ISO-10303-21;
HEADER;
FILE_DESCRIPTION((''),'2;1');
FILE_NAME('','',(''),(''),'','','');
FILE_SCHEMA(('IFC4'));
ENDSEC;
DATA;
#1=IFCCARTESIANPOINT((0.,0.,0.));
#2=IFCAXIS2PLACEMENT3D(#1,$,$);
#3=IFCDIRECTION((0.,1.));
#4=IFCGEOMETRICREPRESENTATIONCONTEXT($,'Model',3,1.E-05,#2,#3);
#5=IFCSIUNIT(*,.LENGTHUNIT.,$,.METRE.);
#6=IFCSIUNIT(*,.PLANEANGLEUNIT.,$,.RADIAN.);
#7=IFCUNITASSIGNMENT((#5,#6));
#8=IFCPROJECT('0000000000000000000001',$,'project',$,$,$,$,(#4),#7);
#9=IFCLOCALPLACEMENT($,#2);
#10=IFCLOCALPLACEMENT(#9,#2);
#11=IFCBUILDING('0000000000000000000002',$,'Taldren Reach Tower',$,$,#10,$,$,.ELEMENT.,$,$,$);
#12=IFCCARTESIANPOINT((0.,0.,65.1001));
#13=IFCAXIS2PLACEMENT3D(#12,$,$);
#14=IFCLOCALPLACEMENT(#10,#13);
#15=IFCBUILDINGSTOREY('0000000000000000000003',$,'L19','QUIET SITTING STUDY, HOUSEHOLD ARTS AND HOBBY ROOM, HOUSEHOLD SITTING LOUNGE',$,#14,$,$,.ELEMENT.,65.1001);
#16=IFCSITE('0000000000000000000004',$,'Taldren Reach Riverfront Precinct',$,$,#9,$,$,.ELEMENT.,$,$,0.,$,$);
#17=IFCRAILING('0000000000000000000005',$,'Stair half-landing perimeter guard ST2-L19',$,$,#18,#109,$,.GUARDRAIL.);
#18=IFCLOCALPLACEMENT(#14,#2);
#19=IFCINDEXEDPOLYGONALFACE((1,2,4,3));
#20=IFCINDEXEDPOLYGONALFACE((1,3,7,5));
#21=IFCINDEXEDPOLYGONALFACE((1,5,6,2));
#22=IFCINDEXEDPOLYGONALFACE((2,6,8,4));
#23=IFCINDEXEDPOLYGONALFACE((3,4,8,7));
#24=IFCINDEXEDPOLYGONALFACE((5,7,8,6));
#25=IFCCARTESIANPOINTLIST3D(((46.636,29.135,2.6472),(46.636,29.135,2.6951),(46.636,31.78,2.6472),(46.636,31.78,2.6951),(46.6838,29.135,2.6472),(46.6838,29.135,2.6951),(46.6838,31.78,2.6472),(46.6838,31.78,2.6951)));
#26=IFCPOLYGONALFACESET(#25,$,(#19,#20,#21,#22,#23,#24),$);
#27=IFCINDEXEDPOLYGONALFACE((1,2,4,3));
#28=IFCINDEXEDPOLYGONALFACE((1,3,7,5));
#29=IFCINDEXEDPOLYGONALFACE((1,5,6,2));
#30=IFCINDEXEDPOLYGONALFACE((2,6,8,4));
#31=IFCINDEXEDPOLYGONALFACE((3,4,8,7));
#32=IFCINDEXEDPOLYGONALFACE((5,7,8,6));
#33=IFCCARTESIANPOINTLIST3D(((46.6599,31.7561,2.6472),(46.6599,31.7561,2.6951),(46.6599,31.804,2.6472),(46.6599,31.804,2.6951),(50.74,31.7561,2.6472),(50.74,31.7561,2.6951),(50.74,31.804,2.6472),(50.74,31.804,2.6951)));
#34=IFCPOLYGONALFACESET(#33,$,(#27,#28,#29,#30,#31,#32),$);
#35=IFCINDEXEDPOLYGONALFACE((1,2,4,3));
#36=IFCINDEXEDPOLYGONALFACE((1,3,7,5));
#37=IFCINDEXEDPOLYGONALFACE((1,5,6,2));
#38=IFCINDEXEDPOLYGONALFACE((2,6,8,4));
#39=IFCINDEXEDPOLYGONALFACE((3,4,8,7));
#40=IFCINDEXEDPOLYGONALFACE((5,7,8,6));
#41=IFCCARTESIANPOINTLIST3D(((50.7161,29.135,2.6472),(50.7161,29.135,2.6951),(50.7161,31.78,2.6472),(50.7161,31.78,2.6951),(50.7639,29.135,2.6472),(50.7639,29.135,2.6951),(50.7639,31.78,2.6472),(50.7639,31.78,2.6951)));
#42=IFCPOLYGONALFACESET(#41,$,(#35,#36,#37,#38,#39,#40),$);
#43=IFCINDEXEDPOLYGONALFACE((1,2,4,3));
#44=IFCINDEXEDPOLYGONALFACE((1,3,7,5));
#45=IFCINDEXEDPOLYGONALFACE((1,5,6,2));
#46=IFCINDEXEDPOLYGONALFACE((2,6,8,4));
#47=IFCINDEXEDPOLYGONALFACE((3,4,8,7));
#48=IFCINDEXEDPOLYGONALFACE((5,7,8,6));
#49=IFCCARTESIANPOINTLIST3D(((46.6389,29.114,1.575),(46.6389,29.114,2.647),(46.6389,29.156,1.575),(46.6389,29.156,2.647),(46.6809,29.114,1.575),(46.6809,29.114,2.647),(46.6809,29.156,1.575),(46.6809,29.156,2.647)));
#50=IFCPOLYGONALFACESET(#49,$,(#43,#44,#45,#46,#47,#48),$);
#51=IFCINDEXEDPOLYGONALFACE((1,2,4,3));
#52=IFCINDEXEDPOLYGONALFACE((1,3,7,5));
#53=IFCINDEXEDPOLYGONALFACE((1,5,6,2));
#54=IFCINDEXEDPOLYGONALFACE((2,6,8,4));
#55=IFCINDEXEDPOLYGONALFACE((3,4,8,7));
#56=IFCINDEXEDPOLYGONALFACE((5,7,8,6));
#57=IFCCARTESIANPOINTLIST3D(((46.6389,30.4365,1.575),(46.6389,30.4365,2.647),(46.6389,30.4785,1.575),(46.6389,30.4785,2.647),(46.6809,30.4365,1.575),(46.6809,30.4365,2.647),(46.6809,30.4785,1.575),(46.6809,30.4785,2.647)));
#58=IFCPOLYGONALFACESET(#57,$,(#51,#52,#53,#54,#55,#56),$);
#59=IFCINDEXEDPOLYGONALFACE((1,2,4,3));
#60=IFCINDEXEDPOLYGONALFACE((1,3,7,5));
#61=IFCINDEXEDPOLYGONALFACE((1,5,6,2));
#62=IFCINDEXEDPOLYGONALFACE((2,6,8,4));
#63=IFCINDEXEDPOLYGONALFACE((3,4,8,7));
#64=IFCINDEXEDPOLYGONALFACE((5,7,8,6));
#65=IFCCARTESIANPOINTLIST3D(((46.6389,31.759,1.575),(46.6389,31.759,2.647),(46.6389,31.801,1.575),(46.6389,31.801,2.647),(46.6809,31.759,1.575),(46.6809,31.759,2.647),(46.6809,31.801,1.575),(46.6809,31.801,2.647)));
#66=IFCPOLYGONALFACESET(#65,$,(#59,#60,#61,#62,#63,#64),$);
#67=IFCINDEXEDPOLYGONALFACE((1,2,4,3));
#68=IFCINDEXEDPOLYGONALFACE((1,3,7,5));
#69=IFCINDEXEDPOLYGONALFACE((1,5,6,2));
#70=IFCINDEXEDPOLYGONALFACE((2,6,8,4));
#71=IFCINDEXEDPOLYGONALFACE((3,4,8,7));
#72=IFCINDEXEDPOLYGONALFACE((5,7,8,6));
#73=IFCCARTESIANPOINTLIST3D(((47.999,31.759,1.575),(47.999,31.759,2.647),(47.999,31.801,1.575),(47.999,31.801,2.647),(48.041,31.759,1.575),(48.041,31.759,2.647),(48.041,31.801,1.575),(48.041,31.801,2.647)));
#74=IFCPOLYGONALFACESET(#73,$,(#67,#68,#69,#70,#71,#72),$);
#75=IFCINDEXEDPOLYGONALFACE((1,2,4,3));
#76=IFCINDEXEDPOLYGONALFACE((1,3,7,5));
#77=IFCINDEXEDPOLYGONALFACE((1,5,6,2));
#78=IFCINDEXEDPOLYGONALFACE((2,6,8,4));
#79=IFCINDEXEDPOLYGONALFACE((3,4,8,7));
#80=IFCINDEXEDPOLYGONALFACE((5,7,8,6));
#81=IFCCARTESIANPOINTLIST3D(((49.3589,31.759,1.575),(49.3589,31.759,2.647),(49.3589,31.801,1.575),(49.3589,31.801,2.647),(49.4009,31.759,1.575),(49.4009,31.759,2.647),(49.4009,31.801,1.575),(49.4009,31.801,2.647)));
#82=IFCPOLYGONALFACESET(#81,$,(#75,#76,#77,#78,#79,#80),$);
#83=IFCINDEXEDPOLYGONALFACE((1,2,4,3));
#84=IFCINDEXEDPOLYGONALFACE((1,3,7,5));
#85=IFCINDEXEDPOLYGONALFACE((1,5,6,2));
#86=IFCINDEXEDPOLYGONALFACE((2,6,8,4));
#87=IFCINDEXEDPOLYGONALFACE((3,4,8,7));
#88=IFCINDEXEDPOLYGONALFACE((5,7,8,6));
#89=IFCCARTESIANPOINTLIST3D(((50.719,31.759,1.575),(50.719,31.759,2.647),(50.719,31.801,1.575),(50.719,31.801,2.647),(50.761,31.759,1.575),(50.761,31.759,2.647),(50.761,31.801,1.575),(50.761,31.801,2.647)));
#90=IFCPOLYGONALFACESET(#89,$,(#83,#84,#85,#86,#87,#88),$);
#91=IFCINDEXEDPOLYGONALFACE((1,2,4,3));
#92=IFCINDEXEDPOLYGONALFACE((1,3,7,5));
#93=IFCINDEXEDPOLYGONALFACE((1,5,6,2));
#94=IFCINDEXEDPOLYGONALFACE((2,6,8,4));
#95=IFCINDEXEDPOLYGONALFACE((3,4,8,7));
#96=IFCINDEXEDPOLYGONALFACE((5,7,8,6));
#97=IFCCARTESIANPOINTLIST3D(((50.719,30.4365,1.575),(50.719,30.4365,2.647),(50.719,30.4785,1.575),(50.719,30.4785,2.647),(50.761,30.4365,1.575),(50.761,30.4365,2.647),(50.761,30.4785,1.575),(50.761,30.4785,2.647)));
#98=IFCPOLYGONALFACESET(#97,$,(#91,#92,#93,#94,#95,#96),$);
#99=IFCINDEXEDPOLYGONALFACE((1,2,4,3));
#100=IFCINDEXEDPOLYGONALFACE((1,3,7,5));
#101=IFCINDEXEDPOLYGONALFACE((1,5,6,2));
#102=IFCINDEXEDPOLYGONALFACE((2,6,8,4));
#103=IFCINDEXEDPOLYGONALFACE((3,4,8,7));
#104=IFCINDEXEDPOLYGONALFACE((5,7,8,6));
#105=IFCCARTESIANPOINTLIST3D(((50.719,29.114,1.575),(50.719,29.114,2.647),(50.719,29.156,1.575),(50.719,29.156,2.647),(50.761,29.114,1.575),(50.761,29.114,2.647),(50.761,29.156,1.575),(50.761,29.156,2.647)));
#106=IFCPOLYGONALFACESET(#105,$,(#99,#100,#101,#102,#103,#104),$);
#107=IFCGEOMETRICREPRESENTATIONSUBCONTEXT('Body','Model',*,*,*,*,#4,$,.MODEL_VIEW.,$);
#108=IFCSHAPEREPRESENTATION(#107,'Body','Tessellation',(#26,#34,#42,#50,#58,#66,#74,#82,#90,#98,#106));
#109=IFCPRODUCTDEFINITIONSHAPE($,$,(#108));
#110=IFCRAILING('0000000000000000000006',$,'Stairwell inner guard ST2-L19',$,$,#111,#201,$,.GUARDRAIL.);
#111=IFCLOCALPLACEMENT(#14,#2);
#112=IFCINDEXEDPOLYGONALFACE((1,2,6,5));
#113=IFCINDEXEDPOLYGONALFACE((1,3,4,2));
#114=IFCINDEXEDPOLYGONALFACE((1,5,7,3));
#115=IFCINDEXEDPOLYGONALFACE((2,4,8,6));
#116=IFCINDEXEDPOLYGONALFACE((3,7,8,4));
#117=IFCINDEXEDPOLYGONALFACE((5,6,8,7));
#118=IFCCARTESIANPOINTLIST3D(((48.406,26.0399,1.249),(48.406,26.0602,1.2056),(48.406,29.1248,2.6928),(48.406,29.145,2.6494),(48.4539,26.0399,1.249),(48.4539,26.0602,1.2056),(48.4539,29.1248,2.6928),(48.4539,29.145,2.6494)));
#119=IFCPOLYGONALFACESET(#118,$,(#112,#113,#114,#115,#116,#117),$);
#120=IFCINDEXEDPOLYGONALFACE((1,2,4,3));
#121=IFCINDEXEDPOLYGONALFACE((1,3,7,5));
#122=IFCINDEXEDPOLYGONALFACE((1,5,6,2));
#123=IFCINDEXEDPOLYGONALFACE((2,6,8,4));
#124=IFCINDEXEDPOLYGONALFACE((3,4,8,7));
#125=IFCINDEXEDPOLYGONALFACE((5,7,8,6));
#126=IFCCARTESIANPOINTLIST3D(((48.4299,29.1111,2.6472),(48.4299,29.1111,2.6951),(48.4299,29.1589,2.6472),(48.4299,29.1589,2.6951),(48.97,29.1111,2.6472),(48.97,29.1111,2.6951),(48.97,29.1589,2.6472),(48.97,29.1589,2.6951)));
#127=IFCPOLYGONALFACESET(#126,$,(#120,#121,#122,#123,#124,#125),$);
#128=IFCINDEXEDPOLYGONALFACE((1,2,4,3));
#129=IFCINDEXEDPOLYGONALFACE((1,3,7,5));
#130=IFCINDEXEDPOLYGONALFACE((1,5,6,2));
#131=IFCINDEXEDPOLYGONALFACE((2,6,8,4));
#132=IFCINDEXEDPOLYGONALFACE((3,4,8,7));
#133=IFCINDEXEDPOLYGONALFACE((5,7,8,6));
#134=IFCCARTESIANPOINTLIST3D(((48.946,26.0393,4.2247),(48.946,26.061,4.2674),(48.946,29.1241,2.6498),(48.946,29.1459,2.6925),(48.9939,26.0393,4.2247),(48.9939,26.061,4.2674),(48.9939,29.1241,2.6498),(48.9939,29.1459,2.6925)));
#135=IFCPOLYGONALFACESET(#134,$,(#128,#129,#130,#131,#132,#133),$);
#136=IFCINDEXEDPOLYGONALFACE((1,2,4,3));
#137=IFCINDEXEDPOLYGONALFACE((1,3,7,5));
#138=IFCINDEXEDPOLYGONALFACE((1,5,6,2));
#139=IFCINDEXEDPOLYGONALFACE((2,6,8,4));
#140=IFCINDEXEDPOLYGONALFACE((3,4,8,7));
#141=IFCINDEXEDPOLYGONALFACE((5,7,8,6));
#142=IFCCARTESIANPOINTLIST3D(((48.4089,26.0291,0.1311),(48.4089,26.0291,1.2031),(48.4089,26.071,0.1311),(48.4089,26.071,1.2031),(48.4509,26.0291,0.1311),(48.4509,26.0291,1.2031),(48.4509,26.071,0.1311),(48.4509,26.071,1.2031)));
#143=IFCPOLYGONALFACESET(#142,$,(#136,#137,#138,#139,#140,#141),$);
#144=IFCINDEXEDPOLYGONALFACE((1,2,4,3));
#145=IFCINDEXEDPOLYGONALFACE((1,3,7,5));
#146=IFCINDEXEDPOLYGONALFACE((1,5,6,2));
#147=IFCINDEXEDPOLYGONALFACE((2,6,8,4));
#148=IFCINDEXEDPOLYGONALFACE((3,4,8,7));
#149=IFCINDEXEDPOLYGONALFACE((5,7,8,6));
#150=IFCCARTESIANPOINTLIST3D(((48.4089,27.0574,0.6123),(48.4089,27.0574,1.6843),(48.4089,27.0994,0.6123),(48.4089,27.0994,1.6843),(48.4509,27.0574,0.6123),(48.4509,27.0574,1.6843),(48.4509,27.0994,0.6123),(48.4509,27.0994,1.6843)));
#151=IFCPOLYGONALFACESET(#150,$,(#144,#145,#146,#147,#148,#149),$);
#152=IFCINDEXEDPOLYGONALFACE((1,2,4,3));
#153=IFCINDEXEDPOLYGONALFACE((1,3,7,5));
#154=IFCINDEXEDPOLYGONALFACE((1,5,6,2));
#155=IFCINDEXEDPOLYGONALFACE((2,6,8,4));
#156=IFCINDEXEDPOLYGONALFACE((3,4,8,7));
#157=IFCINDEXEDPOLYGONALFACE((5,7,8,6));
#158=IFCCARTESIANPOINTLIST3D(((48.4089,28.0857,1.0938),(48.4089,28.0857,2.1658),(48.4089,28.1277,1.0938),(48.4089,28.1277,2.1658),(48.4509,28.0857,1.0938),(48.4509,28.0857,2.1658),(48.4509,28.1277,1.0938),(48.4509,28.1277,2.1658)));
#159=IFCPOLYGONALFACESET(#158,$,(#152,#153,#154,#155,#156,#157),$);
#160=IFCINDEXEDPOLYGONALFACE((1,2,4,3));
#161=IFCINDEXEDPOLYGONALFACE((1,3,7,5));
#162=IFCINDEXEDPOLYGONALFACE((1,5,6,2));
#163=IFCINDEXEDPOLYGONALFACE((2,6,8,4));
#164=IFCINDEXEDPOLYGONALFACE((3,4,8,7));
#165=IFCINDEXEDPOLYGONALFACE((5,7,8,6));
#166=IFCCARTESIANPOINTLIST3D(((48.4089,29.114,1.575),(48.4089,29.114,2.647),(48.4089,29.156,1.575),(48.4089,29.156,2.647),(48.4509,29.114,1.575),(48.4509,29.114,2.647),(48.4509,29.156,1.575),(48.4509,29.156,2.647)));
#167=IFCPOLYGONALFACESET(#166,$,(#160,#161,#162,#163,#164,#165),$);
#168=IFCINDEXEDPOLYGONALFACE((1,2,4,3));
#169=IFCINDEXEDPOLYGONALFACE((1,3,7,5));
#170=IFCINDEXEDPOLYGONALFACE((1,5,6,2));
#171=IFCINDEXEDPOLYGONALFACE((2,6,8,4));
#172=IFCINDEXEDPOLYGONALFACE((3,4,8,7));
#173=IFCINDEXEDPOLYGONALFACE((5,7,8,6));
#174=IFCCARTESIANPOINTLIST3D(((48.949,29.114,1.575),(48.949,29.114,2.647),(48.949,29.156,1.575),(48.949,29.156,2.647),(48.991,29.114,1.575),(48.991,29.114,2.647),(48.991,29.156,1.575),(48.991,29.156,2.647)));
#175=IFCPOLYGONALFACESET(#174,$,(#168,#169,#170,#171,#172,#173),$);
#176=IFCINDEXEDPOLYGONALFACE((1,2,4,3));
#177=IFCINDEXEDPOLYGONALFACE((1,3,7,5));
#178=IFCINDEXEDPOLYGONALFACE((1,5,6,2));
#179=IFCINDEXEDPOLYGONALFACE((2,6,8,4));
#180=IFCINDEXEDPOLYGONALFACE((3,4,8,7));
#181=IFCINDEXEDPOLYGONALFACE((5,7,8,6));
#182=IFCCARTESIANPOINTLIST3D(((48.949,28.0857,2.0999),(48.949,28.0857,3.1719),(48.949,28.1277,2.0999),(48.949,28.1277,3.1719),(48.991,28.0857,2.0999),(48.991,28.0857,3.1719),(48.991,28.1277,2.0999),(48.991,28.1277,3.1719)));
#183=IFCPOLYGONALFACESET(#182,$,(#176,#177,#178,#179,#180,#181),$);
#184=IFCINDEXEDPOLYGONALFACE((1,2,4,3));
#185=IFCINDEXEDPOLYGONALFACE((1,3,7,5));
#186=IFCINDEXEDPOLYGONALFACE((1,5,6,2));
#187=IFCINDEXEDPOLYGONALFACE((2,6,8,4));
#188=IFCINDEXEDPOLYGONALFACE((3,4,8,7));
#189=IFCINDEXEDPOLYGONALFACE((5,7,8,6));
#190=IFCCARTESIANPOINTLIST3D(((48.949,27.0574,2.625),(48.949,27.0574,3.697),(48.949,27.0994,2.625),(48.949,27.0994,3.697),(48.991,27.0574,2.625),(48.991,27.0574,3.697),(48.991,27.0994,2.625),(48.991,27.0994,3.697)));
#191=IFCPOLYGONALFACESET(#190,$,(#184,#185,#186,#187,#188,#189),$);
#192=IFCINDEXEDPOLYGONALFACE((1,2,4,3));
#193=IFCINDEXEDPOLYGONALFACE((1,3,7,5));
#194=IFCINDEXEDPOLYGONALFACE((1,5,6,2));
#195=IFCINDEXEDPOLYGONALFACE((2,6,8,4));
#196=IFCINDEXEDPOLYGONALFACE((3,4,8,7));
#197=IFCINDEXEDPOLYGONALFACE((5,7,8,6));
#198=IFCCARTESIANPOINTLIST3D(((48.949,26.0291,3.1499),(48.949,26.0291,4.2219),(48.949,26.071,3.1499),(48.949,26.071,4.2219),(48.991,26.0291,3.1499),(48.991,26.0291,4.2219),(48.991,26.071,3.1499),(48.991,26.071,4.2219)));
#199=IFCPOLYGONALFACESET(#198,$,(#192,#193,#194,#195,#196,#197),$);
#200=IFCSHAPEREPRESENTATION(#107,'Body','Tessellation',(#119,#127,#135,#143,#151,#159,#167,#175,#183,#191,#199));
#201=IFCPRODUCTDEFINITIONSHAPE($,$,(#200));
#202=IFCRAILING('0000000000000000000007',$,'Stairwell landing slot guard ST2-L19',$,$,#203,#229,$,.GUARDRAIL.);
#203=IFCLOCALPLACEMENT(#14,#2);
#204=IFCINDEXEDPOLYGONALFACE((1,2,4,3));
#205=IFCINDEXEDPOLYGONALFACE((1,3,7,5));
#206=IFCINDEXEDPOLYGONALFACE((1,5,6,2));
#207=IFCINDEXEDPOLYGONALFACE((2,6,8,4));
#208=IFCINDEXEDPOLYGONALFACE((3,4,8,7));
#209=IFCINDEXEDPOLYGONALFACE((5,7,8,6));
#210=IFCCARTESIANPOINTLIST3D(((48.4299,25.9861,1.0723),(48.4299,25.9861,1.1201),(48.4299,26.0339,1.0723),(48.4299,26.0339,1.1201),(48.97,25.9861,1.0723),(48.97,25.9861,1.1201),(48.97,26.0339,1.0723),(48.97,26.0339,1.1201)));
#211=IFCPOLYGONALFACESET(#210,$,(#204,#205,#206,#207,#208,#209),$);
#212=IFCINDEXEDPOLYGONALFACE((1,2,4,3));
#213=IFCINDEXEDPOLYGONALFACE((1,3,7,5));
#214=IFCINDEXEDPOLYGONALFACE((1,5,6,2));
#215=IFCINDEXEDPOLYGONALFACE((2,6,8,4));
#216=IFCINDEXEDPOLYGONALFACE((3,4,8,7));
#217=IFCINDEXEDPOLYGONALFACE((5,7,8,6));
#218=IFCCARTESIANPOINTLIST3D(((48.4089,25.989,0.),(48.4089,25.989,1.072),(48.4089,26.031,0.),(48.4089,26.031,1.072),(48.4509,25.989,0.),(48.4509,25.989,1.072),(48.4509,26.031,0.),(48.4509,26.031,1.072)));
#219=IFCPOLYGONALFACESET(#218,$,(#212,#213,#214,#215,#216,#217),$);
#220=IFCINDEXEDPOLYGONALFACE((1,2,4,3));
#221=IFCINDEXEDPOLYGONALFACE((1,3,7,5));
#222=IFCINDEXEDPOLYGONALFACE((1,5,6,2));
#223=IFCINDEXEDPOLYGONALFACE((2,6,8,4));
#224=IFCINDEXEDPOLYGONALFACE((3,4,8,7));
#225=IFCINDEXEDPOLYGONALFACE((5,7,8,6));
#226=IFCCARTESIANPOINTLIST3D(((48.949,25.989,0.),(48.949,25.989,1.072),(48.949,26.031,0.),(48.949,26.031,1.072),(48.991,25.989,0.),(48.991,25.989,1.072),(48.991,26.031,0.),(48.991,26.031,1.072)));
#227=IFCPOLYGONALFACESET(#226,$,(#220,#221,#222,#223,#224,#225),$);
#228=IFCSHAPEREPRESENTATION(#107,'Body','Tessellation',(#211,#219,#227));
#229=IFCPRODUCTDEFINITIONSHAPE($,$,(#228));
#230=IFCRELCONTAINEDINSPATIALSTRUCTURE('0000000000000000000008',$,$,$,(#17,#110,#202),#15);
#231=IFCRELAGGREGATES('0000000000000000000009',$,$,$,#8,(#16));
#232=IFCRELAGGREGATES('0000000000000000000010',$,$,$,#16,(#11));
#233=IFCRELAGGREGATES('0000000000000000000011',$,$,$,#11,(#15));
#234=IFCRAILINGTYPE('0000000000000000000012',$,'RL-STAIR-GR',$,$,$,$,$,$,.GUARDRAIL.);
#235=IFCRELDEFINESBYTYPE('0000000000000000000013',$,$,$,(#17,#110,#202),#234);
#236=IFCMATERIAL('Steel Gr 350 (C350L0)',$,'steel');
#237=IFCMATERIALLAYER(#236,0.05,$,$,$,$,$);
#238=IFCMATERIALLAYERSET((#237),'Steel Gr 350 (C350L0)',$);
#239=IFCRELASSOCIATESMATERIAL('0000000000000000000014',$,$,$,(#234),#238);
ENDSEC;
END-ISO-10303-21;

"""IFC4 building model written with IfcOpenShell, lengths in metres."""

from ifc_helpers import new_model, si_unit, direction, frame, origin, origin_2d, place, context, subcontext, project, spatial, rectangle, extrude, material, layer, layer_set, type_object, element, save


model = new_model("IFC4")

# Units and contexts
model_context = context("Model", 3, precision=1e-05, world=origin(), true_north=direction((0.0, 1.0)))
body_context = subcontext(model_context, "Body", "Model", "MODEL_VIEW")
ifc_project = project(units=[si_unit("LENGTHUNIT", "METRE"), si_unit("PLANEANGLEUNIT", "RADIAN")], contexts=[model_context])

# Site, building, storey
site_placement = place(None, origin())
site = spatial("IfcSite", under=ifc_project, at=site_placement, Name="Taldren Reach Riverfront Precinct", CompositionType="ELEMENT", RefElevation=0.0)
building_placement = place(site_placement, origin())
building = spatial("IfcBuilding", under=site, at=building_placement, Name="Taldren Reach Tower", CompositionType="ELEMENT")
storey_placement = place(building_placement, frame((0.0, 0.0, 65.1001)))
storey = spatial("IfcBuildingStorey", under=building, at=storey_placement, Name="L19", Description="QUIET SITTING STUDY, HOUSEHOLD ARTS AND HOBBY ROOM, HOUSEHOLD SITTING LOUNGE", CompositionType="ELEMENT", Elevation=65.1001)

# Railings
ifc_material_1 = material(Name="Steel Gr 350 (C350L0)", Category="steel")
ifc_layer_1 = layer(ifc_material_1, 0.05)
ifc_layer_set_1 = layer_set([ifc_layer_1], Name="Steel Gr 350 (C350L0)")
railing_type_1 = type_object("IfcRailingType", Name="RL-STAIR-GR", PredefinedType="GUARDRAIL", material=ifc_layer_set_1)
railing_1_placement = place(storey_placement, frame((46.6599, 29.135, 1.575)))
element("IfcRailing", 1, at=railing_1_placement, inside=storey, type_object=railing_type_1, Name="Stair half-landing perimeter guard ST2-L19", PredefinedType="GUARDRAIL", context=body_context, shape_type="SweptSolid", body=[
    extrude(rectangle(XDim=0.0479, YDim=0.0479, at=origin_2d()), frame((0.0, 0.0, 1.0962), z_axis=(0.0, 1.0, 0.0), x_axis=(-1.0, 0.0, 0.0)), (0.0, 0.0, 1.0), 2.645),
    extrude(rectangle(XDim=0.0479, YDim=0.0479, at=origin_2d()), frame((0.0, 2.645, 1.0962), z_axis=(1.0, 0.0, 0.0), x_axis=(0.0, 1.0, 0.0)), (0.0, 0.0, 1.0), 4.0801),
    extrude(rectangle(XDim=0.0479, YDim=0.0479, at=origin_2d()), frame((4.0801, 2.645, 1.0962), z_axis=(0.0, -1.0, 0.0), x_axis=(1.0, 0.0, 0.0)), (0.0, 0.0, 1.0), 2.645),
    extrude(rectangle(XDim=0.042, YDim=0.042, at=origin_2d()), origin(), (0.0, 0.0, 1.0), 1.072),
    extrude(rectangle(XDim=0.042, YDim=0.042, at=origin_2d()), frame((0.0, 1.3225, 0.0)), (0.0, 0.0, 1.0), 1.072),
    extrude(rectangle(XDim=0.042, YDim=0.042, at=origin_2d()), frame((0.0, 2.645, 0.0)), (0.0, 0.0, 1.0), 1.072),
    extrude(rectangle(XDim=0.042, YDim=0.042, at=origin_2d()), frame((1.3601, 2.645, 0.0)), (0.0, 0.0, 1.0), 1.072),
    extrude(rectangle(XDim=0.042, YDim=0.042, at=origin_2d()), frame((2.72, 2.645, 0.0)), (0.0, 0.0, 1.0), 1.072),
    extrude(rectangle(XDim=0.042, YDim=0.042, at=origin_2d()), frame((4.0801, 2.645, 0.0)), (0.0, 0.0, 1.0), 1.072),
    extrude(rectangle(XDim=0.042, YDim=0.042, at=origin_2d()), frame((4.0801, 1.3225, 0.0)), (0.0, 0.0, 1.0), 1.072),
    extrude(rectangle(XDim=0.042, YDim=0.042, at=origin_2d()), frame((4.0801, 0.0, 0.0)), (0.0, 0.0, 1.0), 1.072),
])
railing_2_placement = place(storey_placement, frame((48.4299, 26.05, 0.1311)))
element("IfcRailing", 2, at=railing_2_placement, inside=storey, type_object=railing_type_1, Name="Stairwell inner guard ST2-L19", PredefinedType="GUARDRAIL", context=body_context, shape_type="SweptSolid", body=[
    extrude(rectangle(XDim=0.0479, YDim=0.0479, at=origin_2d()), frame((0.0, 0.0, 1.0962), z_axis=(0.0, 0.90571, 0.423898), x_axis=(-1.0, 0.0, 0.0)), (0.0, 0.0, 1.0), 3.406),
    extrude(rectangle(XDim=0.0479, YDim=0.0479, at=origin_2d()), frame((0.0, 3.085, 2.54), z_axis=(1.0, 0.0, 0.0), x_axis=(0.0, 1.0, 0.0)), (0.0, 0.0, 1.0), 0.54),
    extrude(rectangle(XDim=0.0479, YDim=0.0479, at=origin_2d()), frame((0.54, 3.085, 2.54), z_axis=(0.0, -0.890646, 0.454697), x_axis=(1.0, 0.0, 0.0)), (0.0, 0.0, 1.0), 3.4636),
    extrude(rectangle(XDim=0.042, YDim=0.042, at=origin_2d()), origin(), (0.0, 0.0, 1.0), 1.072),
    extrude(rectangle(XDim=0.042, YDim=0.042, at=origin_2d()), frame((0.0, 1.0283, 0.4812)), (0.0, 0.0, 1.0), 1.072),
    extrude(rectangle(XDim=0.042, YDim=0.042, at=origin_2d()), frame((0.0, 2.0566, 0.9626)), (0.0, 0.0, 1.0), 1.072),
    extrude(rectangle(XDim=0.042, YDim=0.042, at=origin_2d()), frame((0.0, 3.085, 1.4438)), (0.0, 0.0, 1.0), 1.072),
    extrude(rectangle(XDim=0.042, YDim=0.042, at=origin_2d()), frame((0.54, 3.085, 1.4438)), (0.0, 0.0, 1.0), 1.072),
    extrude(rectangle(XDim=0.042, YDim=0.042, at=origin_2d()), frame((0.54, 2.0566, 1.9688)), (0.0, 0.0, 1.0), 1.072),
    extrude(rectangle(XDim=0.042, YDim=0.042, at=origin_2d()), frame((0.54, 1.0283, 2.4939)), (0.0, 0.0, 1.0), 1.072),
    extrude(rectangle(XDim=0.042, YDim=0.042, at=origin_2d()), frame((0.54, 0.0, 3.0188)), (0.0, 0.0, 1.0), 1.072),
])
railing_3_placement = place(storey_placement, frame((48.4299, 26.01, 0.0)))
element("IfcRailing", 3, at=railing_3_placement, inside=storey, type_object=railing_type_1, Name="Stairwell landing slot guard ST2-L19", PredefinedType="GUARDRAIL", context=body_context, shape_type="SweptSolid", body=[
    extrude(rectangle(XDim=0.0479, YDim=0.0479, at=origin_2d()), frame((0.0, 0.0, 1.0962), z_axis=(1.0, 0.0, 0.0), x_axis=(0.0, 1.0, 0.0)), (0.0, 0.0, 1.0), 0.54),
    extrude(rectangle(XDim=0.042, YDim=0.042, at=origin_2d()), origin(), (0.0, 0.0, 1.0), 1.072),
    extrude(rectangle(XDim=0.042, YDim=0.042, at=origin_2d()), frame((0.54, 0.0, 0.0)), (0.0, 0.0, 1.0), 1.072),
])

save(model, "model.ifc")
